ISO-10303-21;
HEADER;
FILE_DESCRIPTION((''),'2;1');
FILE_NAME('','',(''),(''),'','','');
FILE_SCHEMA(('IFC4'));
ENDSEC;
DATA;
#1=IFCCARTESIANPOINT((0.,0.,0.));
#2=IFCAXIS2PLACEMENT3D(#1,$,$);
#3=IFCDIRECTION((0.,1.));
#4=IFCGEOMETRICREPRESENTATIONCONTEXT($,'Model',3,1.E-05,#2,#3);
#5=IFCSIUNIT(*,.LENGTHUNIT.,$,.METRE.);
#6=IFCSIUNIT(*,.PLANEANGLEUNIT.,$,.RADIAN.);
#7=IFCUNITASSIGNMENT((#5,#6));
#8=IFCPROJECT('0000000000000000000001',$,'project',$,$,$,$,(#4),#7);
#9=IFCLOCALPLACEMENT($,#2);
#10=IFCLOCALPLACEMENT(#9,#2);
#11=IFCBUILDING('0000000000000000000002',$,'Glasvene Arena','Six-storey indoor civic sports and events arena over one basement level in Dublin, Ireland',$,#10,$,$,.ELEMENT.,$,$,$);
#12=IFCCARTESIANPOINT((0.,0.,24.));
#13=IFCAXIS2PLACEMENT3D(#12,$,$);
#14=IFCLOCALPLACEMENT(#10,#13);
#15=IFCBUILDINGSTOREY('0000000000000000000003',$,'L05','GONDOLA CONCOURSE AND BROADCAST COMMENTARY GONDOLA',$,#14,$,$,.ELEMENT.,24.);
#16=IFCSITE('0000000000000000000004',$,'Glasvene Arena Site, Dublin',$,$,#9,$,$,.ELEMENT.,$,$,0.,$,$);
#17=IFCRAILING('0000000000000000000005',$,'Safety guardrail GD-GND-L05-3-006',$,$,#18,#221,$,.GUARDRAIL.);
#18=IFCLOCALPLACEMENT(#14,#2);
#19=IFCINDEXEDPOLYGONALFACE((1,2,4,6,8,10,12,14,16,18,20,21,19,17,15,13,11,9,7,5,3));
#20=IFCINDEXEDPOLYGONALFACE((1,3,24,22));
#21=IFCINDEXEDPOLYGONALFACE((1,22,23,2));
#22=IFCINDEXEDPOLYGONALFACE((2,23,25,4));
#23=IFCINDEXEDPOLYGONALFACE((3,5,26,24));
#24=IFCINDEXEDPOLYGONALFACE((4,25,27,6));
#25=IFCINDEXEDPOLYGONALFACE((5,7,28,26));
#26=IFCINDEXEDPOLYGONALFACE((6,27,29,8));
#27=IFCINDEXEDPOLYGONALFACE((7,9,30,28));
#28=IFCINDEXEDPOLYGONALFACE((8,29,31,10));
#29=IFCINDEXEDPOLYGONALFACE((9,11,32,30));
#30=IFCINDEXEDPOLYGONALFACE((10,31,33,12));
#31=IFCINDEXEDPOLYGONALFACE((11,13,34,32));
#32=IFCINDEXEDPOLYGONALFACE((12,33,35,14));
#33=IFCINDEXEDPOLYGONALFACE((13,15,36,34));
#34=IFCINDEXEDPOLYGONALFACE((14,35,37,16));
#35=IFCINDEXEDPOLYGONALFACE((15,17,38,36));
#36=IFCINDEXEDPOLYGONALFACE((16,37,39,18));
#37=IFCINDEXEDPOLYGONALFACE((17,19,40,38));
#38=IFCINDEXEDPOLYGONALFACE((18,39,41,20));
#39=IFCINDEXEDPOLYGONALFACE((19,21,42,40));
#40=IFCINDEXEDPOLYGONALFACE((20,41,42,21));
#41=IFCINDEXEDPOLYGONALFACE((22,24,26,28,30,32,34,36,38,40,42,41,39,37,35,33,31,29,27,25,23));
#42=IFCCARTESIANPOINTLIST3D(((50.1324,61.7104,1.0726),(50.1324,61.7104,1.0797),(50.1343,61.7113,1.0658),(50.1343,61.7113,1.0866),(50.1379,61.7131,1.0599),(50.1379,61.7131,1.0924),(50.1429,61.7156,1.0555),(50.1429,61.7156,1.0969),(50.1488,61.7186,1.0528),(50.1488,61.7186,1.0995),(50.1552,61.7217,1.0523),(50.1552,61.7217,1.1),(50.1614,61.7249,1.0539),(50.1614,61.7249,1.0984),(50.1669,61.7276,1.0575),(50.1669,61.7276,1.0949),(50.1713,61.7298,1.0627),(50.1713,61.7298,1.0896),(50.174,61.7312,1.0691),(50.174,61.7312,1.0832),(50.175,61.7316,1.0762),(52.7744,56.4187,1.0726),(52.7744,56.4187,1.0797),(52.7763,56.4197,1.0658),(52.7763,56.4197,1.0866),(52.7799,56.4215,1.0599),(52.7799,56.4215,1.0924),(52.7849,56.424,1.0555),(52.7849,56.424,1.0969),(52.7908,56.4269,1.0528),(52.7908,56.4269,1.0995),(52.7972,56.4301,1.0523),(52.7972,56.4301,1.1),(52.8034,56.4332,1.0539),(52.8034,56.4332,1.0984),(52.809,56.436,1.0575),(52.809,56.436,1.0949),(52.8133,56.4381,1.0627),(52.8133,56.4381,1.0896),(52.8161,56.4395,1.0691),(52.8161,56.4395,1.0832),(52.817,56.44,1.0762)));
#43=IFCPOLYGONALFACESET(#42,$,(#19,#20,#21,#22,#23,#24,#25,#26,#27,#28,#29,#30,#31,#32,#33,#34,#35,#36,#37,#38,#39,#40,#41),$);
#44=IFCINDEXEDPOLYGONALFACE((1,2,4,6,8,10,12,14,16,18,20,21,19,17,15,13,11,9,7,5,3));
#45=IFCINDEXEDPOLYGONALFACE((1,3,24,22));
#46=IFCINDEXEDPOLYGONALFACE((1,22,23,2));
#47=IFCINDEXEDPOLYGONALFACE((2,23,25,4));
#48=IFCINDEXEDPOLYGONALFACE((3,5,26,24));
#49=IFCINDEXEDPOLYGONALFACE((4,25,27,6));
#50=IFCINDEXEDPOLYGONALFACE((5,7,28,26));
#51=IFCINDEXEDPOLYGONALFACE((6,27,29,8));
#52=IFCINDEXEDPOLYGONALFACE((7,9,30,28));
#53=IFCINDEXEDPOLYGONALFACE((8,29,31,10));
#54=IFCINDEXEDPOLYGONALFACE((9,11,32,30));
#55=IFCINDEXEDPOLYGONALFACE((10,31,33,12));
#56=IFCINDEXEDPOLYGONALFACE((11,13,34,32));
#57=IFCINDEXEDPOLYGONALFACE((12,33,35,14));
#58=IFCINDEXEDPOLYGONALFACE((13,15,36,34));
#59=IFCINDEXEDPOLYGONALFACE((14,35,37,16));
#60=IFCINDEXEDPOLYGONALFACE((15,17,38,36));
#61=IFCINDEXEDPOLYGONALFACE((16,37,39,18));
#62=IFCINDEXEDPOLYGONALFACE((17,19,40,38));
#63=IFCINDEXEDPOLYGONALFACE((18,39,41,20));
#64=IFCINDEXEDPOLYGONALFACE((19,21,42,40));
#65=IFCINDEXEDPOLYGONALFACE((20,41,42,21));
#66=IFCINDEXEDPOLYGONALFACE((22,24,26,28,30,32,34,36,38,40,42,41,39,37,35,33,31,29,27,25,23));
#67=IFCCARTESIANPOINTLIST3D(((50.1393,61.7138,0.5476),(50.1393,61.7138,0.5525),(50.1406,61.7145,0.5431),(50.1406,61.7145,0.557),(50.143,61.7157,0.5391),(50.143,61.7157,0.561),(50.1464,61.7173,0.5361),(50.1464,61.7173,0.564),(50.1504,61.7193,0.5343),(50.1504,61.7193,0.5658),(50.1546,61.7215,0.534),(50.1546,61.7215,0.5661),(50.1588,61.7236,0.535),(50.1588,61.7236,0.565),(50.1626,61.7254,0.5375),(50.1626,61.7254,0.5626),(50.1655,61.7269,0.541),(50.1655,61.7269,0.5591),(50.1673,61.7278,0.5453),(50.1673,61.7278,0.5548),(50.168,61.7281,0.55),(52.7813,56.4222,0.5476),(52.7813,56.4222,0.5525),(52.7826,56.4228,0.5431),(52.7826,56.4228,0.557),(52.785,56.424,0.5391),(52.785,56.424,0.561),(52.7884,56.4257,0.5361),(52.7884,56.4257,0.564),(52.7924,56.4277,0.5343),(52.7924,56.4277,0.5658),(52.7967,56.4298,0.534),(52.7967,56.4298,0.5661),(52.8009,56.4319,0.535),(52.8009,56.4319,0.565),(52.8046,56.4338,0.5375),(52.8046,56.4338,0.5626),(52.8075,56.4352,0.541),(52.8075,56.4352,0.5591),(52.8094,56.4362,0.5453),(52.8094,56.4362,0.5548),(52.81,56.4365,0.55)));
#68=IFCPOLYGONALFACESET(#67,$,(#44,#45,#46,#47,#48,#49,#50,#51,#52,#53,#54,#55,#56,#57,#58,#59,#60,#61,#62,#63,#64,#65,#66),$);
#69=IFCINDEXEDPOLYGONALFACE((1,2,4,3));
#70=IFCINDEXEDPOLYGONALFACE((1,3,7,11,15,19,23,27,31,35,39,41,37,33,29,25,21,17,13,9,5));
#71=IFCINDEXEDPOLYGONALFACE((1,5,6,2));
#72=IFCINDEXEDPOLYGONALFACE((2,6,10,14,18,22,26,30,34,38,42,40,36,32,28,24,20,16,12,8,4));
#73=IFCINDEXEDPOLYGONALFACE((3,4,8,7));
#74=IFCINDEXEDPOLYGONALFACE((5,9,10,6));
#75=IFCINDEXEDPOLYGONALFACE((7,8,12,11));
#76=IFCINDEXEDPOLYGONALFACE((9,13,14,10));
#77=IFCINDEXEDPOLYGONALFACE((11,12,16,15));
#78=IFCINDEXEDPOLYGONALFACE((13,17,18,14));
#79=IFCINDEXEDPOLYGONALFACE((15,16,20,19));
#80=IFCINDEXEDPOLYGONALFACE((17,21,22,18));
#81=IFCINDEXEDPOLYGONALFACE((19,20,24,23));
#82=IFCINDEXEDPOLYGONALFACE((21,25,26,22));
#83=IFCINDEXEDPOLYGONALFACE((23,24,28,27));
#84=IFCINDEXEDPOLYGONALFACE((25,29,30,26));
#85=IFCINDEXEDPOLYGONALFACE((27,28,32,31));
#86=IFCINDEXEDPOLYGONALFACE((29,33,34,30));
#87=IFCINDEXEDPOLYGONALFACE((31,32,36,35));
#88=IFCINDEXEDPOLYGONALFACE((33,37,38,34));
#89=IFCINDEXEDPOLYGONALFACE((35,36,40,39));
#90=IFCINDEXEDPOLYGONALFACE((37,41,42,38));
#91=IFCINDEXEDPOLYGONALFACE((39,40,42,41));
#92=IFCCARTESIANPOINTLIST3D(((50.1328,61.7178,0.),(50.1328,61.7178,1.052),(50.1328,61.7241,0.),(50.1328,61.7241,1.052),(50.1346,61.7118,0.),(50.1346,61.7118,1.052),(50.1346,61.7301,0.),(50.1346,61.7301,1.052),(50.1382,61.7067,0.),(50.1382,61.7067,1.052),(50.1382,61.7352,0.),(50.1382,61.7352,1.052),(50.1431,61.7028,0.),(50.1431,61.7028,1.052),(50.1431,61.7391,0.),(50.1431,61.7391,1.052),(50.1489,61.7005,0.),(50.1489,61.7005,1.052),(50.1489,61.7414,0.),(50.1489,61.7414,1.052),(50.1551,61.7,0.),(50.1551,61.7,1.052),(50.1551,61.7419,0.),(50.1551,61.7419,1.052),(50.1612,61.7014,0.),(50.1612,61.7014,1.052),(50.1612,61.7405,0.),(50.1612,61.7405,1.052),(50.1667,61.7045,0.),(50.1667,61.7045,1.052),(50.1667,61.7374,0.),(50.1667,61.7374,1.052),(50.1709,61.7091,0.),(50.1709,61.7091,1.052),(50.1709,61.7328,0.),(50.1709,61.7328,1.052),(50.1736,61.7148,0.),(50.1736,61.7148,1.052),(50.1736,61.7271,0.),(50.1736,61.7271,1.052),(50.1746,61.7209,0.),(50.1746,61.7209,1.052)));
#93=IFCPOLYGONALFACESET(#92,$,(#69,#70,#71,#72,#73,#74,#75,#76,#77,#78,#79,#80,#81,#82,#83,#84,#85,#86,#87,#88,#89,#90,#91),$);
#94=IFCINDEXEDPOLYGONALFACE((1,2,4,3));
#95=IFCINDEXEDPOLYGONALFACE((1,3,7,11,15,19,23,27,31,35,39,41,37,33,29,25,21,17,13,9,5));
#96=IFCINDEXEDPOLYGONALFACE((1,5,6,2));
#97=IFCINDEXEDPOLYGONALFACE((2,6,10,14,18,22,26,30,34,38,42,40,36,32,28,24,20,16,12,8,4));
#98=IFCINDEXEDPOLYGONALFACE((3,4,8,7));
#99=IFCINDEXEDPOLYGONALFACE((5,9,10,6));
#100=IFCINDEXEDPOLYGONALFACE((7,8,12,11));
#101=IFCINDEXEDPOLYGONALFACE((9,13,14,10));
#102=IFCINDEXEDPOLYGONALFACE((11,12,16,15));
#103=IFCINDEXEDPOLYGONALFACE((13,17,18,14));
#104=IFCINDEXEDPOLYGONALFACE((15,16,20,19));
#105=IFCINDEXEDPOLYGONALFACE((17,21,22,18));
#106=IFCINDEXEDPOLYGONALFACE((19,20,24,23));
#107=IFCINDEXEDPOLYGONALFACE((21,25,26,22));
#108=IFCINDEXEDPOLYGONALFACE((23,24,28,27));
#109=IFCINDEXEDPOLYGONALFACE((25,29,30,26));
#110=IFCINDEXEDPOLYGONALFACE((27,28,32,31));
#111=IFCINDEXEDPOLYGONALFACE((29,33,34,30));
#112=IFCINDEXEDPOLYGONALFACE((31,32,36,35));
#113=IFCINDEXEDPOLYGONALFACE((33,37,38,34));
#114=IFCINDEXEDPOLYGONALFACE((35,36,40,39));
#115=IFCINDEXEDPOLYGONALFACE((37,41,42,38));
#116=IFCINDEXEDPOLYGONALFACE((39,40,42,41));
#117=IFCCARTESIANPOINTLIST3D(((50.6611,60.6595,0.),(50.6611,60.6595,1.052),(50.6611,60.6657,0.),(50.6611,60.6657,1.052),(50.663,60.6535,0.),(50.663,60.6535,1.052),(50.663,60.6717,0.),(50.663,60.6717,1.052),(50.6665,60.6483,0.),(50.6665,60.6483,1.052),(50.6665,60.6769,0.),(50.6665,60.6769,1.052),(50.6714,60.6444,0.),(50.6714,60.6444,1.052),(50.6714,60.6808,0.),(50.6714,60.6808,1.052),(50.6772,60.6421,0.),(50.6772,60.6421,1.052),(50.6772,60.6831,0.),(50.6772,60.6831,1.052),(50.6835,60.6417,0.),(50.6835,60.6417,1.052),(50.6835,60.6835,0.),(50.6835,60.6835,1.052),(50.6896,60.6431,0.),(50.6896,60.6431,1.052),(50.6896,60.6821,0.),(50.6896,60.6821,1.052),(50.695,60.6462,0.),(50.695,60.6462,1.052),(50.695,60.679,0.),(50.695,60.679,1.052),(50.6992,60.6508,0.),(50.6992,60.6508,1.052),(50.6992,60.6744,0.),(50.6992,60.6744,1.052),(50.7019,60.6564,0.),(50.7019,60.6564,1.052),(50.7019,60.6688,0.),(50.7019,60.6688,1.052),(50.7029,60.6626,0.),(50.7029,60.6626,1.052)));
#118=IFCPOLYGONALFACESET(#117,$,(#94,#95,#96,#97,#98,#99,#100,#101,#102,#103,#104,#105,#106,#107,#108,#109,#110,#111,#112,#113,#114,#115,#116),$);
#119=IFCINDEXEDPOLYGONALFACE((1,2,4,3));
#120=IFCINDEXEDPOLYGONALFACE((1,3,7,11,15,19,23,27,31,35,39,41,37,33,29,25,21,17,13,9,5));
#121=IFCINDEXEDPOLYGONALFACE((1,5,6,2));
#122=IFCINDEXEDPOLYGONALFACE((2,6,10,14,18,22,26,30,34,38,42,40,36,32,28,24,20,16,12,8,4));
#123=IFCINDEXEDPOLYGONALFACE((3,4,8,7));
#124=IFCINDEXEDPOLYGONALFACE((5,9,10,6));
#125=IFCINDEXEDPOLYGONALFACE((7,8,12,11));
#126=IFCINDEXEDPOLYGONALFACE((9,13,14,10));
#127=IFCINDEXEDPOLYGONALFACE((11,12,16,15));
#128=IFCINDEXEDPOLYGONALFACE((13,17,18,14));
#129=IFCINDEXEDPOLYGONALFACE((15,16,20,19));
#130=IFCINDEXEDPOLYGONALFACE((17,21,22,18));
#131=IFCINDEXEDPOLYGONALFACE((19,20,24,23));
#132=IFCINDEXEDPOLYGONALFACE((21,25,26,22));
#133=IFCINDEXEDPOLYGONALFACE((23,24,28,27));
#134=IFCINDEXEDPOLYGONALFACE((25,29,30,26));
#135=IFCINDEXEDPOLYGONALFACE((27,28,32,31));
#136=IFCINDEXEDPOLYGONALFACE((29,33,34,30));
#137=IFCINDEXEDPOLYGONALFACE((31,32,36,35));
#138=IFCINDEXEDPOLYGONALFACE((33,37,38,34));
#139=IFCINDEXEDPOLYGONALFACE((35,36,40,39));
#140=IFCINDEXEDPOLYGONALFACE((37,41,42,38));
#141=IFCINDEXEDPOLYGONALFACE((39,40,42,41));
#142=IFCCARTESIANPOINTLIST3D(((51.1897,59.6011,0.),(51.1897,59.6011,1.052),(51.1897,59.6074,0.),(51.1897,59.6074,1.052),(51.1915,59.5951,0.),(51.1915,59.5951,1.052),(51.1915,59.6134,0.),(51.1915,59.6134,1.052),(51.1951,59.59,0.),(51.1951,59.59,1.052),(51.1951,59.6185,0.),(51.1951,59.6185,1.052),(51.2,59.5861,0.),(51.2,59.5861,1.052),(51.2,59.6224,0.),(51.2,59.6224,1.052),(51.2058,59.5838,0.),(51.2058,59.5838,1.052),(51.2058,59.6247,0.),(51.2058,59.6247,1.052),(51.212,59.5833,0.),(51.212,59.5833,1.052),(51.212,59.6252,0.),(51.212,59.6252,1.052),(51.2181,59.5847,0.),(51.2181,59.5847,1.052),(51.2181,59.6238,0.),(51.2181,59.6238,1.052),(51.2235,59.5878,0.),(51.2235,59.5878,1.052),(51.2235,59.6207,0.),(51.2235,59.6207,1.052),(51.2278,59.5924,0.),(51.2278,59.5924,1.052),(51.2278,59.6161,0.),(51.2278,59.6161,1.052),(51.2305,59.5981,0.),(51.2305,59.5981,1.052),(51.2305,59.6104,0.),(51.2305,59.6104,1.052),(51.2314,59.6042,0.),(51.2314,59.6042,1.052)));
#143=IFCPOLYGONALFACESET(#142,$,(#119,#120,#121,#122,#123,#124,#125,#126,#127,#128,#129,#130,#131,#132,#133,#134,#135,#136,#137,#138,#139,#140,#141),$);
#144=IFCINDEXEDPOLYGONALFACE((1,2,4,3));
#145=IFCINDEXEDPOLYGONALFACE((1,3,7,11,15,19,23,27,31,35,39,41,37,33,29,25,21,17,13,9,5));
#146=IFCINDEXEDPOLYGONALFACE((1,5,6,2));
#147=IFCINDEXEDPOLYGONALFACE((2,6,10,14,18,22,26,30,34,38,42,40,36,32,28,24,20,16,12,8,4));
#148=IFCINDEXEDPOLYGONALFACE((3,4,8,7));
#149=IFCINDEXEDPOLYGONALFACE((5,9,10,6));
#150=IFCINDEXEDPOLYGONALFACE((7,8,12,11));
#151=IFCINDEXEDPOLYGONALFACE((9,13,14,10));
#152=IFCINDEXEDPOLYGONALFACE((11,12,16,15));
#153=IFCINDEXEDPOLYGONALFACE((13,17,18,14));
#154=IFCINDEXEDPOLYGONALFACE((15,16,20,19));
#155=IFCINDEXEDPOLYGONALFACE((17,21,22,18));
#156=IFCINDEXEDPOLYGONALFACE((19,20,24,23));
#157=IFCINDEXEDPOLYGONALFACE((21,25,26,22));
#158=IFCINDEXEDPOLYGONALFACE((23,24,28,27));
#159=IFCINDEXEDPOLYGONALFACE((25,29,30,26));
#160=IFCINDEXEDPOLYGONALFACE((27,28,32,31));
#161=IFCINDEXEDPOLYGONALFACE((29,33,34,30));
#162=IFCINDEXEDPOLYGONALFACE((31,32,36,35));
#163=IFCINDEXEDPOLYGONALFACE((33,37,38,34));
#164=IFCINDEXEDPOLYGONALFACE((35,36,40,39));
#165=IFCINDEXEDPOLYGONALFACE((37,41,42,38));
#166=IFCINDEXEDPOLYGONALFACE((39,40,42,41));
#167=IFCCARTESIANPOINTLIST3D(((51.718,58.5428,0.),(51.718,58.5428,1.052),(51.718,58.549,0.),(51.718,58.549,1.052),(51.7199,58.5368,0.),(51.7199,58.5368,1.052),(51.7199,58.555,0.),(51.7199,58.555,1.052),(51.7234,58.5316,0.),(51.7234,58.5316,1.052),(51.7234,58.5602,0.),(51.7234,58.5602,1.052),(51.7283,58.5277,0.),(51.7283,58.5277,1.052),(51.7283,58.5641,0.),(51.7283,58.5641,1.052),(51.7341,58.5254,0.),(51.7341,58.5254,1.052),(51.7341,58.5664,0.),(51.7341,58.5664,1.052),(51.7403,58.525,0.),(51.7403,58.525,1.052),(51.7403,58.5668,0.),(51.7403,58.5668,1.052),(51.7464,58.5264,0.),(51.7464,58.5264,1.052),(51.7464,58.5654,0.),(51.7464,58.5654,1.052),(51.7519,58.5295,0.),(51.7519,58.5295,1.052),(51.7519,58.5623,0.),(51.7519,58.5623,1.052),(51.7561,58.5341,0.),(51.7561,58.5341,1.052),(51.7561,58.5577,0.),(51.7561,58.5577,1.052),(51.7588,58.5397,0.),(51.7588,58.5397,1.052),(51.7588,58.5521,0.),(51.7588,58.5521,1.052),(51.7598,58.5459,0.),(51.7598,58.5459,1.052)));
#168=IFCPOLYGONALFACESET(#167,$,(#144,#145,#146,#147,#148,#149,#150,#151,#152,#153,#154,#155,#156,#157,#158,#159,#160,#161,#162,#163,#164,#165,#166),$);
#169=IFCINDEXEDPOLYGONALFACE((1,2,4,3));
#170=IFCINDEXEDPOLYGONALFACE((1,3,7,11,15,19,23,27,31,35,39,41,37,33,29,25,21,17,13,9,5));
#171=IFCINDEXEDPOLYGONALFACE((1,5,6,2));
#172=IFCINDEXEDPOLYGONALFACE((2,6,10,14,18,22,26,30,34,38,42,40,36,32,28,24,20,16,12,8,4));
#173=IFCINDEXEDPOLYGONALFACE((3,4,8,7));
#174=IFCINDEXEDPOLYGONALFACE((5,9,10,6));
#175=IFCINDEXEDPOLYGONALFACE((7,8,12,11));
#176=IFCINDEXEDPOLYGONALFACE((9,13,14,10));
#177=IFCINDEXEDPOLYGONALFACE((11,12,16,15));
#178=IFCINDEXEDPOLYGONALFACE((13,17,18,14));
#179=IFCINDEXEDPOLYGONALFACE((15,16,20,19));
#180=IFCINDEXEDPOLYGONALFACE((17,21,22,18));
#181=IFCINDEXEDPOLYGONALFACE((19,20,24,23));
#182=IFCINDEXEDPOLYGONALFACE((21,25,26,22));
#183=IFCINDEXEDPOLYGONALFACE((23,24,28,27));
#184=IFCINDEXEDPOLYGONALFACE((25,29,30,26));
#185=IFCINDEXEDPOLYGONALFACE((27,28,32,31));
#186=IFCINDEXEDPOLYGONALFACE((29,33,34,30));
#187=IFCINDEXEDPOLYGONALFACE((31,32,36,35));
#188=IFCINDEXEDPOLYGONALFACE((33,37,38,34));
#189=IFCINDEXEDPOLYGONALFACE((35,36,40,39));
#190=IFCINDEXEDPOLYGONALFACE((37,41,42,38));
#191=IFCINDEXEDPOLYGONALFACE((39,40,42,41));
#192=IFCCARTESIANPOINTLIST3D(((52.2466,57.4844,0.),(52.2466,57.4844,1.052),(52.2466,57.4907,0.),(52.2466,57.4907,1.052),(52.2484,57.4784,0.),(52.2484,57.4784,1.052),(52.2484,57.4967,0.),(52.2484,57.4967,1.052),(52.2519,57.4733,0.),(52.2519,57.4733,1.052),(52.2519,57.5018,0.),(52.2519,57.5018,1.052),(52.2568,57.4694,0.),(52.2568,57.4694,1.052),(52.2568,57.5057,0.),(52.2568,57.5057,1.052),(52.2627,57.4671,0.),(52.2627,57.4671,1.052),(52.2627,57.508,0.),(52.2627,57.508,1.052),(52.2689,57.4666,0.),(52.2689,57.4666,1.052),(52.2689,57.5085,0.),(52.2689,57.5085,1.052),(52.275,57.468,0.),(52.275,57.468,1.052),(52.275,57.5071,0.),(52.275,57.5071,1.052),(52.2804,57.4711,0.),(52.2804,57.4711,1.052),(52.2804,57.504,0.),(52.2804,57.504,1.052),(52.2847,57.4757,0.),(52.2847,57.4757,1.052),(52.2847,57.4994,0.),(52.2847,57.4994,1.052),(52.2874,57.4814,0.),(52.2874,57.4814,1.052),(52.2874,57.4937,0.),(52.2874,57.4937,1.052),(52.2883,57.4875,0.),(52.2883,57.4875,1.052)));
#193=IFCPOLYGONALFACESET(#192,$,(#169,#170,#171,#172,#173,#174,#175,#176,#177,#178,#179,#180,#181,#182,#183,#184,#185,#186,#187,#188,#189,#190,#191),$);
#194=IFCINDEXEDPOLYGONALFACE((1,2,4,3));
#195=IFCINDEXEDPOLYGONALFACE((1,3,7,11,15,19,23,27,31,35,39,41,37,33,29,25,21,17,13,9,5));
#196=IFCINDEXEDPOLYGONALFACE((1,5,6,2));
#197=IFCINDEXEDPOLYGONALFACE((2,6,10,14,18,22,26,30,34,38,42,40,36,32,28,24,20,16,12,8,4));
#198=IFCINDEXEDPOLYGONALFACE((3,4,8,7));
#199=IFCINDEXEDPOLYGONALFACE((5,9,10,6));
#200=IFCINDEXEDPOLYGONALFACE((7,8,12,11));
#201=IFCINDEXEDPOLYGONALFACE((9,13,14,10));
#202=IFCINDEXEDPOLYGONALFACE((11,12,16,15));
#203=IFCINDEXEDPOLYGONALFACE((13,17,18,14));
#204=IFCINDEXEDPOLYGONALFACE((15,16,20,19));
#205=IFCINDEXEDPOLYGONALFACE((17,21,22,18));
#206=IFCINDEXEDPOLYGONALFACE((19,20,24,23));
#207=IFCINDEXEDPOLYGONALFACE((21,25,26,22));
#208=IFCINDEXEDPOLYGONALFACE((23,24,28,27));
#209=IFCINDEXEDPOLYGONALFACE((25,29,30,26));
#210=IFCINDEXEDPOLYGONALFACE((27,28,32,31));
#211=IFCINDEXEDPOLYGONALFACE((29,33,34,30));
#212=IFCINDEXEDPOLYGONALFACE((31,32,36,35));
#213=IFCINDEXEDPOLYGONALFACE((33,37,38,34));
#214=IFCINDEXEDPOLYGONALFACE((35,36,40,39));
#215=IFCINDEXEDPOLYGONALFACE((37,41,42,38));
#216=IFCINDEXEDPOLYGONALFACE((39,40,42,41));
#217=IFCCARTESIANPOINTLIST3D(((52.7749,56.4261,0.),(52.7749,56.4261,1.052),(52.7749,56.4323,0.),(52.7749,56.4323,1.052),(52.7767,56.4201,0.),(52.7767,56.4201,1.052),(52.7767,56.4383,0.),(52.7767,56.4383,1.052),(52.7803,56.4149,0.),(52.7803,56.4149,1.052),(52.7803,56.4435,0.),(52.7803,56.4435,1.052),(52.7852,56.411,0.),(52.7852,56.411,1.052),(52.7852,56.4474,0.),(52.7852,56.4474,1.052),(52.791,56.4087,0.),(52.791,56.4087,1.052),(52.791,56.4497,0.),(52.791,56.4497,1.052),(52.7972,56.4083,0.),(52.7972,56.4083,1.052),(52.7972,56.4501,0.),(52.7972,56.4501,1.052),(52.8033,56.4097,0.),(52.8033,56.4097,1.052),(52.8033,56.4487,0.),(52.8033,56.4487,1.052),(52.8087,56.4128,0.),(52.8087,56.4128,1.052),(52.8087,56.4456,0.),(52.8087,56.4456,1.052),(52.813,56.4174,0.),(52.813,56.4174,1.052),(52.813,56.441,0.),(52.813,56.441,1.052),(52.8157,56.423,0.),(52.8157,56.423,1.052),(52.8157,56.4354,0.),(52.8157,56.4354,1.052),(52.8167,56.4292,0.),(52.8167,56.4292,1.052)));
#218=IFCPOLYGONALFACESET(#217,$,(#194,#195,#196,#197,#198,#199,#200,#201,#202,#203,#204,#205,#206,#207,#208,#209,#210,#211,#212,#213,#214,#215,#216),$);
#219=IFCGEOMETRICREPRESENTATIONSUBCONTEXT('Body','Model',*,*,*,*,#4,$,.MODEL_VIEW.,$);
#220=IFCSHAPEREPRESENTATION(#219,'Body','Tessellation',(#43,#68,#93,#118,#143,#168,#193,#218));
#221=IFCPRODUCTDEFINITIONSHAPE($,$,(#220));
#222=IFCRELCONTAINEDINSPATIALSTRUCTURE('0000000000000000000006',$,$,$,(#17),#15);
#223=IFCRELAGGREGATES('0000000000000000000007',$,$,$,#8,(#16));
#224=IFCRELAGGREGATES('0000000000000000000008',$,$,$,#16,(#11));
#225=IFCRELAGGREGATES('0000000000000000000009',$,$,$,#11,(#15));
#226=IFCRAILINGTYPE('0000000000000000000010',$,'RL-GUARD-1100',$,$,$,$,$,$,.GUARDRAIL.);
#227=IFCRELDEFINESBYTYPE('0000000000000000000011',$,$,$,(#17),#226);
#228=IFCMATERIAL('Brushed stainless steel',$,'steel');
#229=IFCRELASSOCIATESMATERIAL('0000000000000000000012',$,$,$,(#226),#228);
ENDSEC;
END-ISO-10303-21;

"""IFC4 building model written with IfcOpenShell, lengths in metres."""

from ifc_helpers import new_model, si_unit, direction, frame, origin, origin_2d, place, context, subcontext, project, spatial, circle, extrude, material, type_object, element, save


model = new_model("IFC4")

# Units and contexts
model_context = context("Model", 3, precision=1e-05, world=origin(), true_north=direction((0.0, 1.0)))
body_context = subcontext(model_context, "Body", "Model", "MODEL_VIEW")
ifc_project = project(units=[si_unit("LENGTHUNIT", "METRE"), si_unit("PLANEANGLEUNIT", "RADIAN")], contexts=[model_context])

# Site, building, storey
site_placement = place(None, origin())
site = spatial("IfcSite", under=ifc_project, at=site_placement, Name="Glasvene Arena Site, Dublin", CompositionType="ELEMENT", RefElevation=0.0)
building_placement = place(site_placement, origin())
building = spatial("IfcBuilding", under=site, at=building_placement, Name="Glasvene Arena", Description="Six-storey indoor civic sports and events arena over one basement level in Dublin, Ireland", CompositionType="ELEMENT")
storey_placement = place(building_placement, frame((0.0, 0.0, 24.0)))
storey = spatial("IfcBuildingStorey", under=building, at=storey_placement, Name="L05", Description="GONDOLA CONCOURSE AND BROADCAST COMMENTARY GONDOLA", CompositionType="ELEMENT", Elevation=24.0)

# Railing
ifc_material_1 = material(Name="Brushed stainless steel", Category="steel")
railing_type_1 = type_object("IfcRailingType", Name="RL-GUARD-1100", PredefinedType="GUARDRAIL", material=ifc_material_1)
railing_1_placement = place(storey_placement, frame((50.1536, 61.7209, 0.0)))
element("IfcRailing", 1, at=railing_1_placement, inside=storey, type_object=railing_type_1, Name="Safety guardrail GD-GND-L05-3-006", PredefinedType="GUARDRAIL", context=body_context, shape_type="SweptSolid", body=[
    extrude(circle(Radius=0.0239, at=origin_2d()), frame((0.0, 0.0, 1.0762), z_axis=(0.446702, -0.894683, 0.0), x_axis=(0.894683, 0.446702, 0.0)), (0.0, 0.0, 1.0), 5.9146),
    extrude(circle(Radius=0.0161, at=origin_2d()), frame((0.0, 0.0, 0.55), z_axis=(0.446702, -0.894683, 0.0), x_axis=(0.894683, 0.446702, 0.0)), (0.0, 0.0, 1.0), 5.9146),
    extrude(circle(Radius=0.021, at=origin_2d()), origin(), (0.0, 0.0, 1.0), 1.052),
    extrude(circle(Radius=0.021, at=origin_2d()), frame((0.5283, -1.0583, 0.0)), (0.0, 0.0, 1.0), 1.052),
    extrude(circle(Radius=0.021, at=origin_2d()), frame((1.0569, -2.1167, 0.0)), (0.0, 0.0, 1.0), 1.052),
    extrude(circle(Radius=0.021, at=origin_2d()), frame((1.5852, -3.175, 0.0)), (0.0, 0.0, 1.0), 1.052),
    extrude(circle(Radius=0.021, at=origin_2d()), frame((2.1138, -4.2334, 0.0)), (0.0, 0.0, 1.0), 1.052),
    extrude(circle(Radius=0.021, at=origin_2d()), frame((2.6421, -5.2917, 0.0)), (0.0, 0.0, 1.0), 1.052),
])

save(model, "model.ifc")
